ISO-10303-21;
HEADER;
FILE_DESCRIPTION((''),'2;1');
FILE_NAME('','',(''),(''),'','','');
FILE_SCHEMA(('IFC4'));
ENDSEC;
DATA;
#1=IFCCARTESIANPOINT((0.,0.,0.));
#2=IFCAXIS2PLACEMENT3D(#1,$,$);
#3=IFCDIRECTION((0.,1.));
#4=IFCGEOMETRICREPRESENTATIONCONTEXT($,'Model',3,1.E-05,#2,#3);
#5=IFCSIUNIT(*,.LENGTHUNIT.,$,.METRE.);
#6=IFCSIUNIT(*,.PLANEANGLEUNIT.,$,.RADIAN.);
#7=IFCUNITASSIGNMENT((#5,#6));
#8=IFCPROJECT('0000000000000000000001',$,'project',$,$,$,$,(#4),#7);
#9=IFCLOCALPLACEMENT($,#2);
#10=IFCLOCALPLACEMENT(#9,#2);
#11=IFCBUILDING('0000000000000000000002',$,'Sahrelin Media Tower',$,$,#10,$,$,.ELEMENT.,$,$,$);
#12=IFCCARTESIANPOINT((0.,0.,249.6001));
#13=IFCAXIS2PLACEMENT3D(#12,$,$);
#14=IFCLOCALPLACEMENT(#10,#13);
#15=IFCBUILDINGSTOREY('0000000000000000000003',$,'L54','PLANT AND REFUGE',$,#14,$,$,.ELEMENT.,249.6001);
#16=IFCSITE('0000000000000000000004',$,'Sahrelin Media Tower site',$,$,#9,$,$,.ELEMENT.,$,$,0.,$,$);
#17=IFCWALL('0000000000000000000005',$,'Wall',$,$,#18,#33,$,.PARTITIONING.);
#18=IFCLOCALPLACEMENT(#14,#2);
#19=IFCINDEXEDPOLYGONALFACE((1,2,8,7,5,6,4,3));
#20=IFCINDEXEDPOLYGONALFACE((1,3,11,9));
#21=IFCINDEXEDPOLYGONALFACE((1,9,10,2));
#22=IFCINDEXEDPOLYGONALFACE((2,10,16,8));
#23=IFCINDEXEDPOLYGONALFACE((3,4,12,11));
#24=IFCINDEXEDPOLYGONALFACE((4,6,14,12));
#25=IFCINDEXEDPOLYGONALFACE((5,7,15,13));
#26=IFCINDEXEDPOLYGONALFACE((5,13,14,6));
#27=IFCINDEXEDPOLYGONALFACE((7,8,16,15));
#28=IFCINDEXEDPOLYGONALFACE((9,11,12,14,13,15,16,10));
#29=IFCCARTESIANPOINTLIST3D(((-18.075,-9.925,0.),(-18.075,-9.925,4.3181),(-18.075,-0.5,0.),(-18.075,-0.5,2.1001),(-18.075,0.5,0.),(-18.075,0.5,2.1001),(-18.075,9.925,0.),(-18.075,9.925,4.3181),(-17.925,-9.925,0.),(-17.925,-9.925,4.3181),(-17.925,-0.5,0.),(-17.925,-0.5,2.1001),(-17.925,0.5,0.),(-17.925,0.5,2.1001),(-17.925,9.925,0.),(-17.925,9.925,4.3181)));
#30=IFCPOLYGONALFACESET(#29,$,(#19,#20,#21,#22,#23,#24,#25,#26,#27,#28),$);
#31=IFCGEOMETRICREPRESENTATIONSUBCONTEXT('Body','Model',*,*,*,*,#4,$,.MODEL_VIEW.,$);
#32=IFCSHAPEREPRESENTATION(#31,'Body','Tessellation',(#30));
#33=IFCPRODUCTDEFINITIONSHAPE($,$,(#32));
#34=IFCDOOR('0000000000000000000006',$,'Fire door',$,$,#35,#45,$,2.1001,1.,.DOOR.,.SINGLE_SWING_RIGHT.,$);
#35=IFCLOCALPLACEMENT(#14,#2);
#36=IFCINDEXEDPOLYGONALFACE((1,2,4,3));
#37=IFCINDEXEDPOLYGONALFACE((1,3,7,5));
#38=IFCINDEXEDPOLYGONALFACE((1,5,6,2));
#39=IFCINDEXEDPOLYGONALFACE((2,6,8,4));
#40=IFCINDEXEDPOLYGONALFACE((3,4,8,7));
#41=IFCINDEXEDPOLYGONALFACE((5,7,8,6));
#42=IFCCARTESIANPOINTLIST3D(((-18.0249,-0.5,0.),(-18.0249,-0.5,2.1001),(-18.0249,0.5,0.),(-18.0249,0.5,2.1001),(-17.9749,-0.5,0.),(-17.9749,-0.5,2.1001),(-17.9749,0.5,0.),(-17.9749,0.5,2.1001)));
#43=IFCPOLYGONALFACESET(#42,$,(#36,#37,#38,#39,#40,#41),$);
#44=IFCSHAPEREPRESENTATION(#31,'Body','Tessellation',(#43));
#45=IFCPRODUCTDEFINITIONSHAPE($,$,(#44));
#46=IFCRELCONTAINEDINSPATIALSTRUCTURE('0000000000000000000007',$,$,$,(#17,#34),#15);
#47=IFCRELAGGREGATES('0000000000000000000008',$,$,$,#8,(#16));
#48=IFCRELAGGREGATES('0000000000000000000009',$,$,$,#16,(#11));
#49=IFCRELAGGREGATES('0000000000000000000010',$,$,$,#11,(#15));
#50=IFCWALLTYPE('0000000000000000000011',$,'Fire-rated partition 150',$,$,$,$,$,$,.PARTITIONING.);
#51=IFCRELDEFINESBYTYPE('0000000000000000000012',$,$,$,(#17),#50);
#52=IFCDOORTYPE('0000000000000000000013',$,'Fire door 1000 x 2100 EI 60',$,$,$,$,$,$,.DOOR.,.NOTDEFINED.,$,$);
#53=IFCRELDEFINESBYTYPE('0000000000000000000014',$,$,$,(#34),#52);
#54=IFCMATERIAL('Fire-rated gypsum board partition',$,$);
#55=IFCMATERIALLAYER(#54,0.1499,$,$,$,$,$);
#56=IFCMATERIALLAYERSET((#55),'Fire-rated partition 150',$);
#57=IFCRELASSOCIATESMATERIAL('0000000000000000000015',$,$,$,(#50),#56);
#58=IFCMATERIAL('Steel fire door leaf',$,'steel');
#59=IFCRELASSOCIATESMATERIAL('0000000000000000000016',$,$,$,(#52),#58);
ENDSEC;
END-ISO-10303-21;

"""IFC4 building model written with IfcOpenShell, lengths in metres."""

from ifc_helpers import new_model, si_unit, direction, frame, frame_2d, origin, place, context, subcontext, project, spatial, rectangle, extrude, material, layer, layer_set, type_object, element, fill, save


model = new_model("IFC4")

# Units and contexts
model_context = context("Model", 3, precision=1e-05, world=origin(), true_north=direction((0.0, 1.0)))
body_context = subcontext(model_context, "Body", "Model", "MODEL_VIEW")
ifc_project = project(units=[si_unit("LENGTHUNIT", "METRE"), si_unit("PLANEANGLEUNIT", "RADIAN")], contexts=[model_context])

# Site, building, storey
site_placement = place(None, origin())
site = spatial("IfcSite", under=ifc_project, at=site_placement, Name="Sahrelin Media Tower site", CompositionType="ELEMENT", RefElevation=0.0)
building_placement = place(site_placement, origin())
building = spatial("IfcBuilding", under=site, at=building_placement, Name="Sahrelin Media Tower", CompositionType="ELEMENT")
storey_placement = place(building_placement, frame((0.0, 0.0, 249.6001)))
storey = spatial("IfcBuildingStorey", under=building, at=storey_placement, Name="L54", Description="PLANT AND REFUGE", CompositionType="ELEMENT", Elevation=249.6001)

# Shared definitions
ifc_material_1 = material(Name="Fire-rated gypsum board partition")
ifc_layer = layer(ifc_material_1, 0.1499)
ifc_layer_set = layer_set([ifc_layer], Name="Fire-rated partition 150")
wall_type = type_object("IfcWallType", Name="Fire-rated partition 150", PredefinedType="PARTITIONING", material=ifc_layer_set)

# Shared definitions
ifc_material_2 = material(Name="Steel fire door leaf", Category="steel")
door_type = type_object("IfcDoorType", Name="Fire door 1000 x 2100 EI 60", OperationType="NOTDEFINED", PredefinedType="DOOR", material=ifc_material_2)

# Wall, opening, door
wall_1_placement = place(storey_placement, frame((-18.0, -9.925, 0.0), z_axis=(0.0, 0.0, 1.0), x_axis=(0.0, 1.0, 0.0)))
wall_1 = element("IfcWall", 1, at=wall_1_placement, inside=storey, type_object=wall_type, Name="Wall", PredefinedType="PARTITIONING", context=body_context, shape_type="SweptSolid", body=[
    extrude(rectangle(XDim=19.8501, YDim=0.1499, at=frame_2d((9.925, 0.0))), origin(), (0.0, 0.0, 1.0), 4.3181),
])
opening_1_placement = place(wall_1_placement, frame((9.425, 0.0, 0.0)))
opening_1 = element("IfcOpeningElement", 2, at=opening_1_placement, cuts=wall_1, PredefinedType="OPENING", context=body_context, shape_type="SweptSolid", body=[
    extrude(rectangle(XDim=1.0, YDim=2.1001, at=frame_2d((0.5, 1.05))), frame((0.0, 0.075, 0.0), z_axis=(0.0, -1.0, 0.0), x_axis=(1.0, 0.0, 0.0)), (0.0, 0.0, 1.0), 0.1499),
])
door_1_placement = place(opening_1_placement, origin())
door_1 = element("IfcDoor", 3, at=door_1_placement, inside=storey, type_object=door_type, Name="Fire door", OperationType="SINGLE_SWING_RIGHT", OverallHeight=2.1001, OverallWidth=1.0, PredefinedType="DOOR", context=body_context, shape_type="SweptSolid", body=[
    extrude(rectangle(XDim=1.0, YDim=2.1001, at=frame_2d((0.5, 1.05))), frame((0.0, 0.0249, 0.0), z_axis=(0.0, -1.0, 0.0), x_axis=(1.0, 0.0, 0.0)), (0.0, 0.0, 1.0), 0.05),
])
fill(opening_1, door_1)

save(model, "model.ifc")
